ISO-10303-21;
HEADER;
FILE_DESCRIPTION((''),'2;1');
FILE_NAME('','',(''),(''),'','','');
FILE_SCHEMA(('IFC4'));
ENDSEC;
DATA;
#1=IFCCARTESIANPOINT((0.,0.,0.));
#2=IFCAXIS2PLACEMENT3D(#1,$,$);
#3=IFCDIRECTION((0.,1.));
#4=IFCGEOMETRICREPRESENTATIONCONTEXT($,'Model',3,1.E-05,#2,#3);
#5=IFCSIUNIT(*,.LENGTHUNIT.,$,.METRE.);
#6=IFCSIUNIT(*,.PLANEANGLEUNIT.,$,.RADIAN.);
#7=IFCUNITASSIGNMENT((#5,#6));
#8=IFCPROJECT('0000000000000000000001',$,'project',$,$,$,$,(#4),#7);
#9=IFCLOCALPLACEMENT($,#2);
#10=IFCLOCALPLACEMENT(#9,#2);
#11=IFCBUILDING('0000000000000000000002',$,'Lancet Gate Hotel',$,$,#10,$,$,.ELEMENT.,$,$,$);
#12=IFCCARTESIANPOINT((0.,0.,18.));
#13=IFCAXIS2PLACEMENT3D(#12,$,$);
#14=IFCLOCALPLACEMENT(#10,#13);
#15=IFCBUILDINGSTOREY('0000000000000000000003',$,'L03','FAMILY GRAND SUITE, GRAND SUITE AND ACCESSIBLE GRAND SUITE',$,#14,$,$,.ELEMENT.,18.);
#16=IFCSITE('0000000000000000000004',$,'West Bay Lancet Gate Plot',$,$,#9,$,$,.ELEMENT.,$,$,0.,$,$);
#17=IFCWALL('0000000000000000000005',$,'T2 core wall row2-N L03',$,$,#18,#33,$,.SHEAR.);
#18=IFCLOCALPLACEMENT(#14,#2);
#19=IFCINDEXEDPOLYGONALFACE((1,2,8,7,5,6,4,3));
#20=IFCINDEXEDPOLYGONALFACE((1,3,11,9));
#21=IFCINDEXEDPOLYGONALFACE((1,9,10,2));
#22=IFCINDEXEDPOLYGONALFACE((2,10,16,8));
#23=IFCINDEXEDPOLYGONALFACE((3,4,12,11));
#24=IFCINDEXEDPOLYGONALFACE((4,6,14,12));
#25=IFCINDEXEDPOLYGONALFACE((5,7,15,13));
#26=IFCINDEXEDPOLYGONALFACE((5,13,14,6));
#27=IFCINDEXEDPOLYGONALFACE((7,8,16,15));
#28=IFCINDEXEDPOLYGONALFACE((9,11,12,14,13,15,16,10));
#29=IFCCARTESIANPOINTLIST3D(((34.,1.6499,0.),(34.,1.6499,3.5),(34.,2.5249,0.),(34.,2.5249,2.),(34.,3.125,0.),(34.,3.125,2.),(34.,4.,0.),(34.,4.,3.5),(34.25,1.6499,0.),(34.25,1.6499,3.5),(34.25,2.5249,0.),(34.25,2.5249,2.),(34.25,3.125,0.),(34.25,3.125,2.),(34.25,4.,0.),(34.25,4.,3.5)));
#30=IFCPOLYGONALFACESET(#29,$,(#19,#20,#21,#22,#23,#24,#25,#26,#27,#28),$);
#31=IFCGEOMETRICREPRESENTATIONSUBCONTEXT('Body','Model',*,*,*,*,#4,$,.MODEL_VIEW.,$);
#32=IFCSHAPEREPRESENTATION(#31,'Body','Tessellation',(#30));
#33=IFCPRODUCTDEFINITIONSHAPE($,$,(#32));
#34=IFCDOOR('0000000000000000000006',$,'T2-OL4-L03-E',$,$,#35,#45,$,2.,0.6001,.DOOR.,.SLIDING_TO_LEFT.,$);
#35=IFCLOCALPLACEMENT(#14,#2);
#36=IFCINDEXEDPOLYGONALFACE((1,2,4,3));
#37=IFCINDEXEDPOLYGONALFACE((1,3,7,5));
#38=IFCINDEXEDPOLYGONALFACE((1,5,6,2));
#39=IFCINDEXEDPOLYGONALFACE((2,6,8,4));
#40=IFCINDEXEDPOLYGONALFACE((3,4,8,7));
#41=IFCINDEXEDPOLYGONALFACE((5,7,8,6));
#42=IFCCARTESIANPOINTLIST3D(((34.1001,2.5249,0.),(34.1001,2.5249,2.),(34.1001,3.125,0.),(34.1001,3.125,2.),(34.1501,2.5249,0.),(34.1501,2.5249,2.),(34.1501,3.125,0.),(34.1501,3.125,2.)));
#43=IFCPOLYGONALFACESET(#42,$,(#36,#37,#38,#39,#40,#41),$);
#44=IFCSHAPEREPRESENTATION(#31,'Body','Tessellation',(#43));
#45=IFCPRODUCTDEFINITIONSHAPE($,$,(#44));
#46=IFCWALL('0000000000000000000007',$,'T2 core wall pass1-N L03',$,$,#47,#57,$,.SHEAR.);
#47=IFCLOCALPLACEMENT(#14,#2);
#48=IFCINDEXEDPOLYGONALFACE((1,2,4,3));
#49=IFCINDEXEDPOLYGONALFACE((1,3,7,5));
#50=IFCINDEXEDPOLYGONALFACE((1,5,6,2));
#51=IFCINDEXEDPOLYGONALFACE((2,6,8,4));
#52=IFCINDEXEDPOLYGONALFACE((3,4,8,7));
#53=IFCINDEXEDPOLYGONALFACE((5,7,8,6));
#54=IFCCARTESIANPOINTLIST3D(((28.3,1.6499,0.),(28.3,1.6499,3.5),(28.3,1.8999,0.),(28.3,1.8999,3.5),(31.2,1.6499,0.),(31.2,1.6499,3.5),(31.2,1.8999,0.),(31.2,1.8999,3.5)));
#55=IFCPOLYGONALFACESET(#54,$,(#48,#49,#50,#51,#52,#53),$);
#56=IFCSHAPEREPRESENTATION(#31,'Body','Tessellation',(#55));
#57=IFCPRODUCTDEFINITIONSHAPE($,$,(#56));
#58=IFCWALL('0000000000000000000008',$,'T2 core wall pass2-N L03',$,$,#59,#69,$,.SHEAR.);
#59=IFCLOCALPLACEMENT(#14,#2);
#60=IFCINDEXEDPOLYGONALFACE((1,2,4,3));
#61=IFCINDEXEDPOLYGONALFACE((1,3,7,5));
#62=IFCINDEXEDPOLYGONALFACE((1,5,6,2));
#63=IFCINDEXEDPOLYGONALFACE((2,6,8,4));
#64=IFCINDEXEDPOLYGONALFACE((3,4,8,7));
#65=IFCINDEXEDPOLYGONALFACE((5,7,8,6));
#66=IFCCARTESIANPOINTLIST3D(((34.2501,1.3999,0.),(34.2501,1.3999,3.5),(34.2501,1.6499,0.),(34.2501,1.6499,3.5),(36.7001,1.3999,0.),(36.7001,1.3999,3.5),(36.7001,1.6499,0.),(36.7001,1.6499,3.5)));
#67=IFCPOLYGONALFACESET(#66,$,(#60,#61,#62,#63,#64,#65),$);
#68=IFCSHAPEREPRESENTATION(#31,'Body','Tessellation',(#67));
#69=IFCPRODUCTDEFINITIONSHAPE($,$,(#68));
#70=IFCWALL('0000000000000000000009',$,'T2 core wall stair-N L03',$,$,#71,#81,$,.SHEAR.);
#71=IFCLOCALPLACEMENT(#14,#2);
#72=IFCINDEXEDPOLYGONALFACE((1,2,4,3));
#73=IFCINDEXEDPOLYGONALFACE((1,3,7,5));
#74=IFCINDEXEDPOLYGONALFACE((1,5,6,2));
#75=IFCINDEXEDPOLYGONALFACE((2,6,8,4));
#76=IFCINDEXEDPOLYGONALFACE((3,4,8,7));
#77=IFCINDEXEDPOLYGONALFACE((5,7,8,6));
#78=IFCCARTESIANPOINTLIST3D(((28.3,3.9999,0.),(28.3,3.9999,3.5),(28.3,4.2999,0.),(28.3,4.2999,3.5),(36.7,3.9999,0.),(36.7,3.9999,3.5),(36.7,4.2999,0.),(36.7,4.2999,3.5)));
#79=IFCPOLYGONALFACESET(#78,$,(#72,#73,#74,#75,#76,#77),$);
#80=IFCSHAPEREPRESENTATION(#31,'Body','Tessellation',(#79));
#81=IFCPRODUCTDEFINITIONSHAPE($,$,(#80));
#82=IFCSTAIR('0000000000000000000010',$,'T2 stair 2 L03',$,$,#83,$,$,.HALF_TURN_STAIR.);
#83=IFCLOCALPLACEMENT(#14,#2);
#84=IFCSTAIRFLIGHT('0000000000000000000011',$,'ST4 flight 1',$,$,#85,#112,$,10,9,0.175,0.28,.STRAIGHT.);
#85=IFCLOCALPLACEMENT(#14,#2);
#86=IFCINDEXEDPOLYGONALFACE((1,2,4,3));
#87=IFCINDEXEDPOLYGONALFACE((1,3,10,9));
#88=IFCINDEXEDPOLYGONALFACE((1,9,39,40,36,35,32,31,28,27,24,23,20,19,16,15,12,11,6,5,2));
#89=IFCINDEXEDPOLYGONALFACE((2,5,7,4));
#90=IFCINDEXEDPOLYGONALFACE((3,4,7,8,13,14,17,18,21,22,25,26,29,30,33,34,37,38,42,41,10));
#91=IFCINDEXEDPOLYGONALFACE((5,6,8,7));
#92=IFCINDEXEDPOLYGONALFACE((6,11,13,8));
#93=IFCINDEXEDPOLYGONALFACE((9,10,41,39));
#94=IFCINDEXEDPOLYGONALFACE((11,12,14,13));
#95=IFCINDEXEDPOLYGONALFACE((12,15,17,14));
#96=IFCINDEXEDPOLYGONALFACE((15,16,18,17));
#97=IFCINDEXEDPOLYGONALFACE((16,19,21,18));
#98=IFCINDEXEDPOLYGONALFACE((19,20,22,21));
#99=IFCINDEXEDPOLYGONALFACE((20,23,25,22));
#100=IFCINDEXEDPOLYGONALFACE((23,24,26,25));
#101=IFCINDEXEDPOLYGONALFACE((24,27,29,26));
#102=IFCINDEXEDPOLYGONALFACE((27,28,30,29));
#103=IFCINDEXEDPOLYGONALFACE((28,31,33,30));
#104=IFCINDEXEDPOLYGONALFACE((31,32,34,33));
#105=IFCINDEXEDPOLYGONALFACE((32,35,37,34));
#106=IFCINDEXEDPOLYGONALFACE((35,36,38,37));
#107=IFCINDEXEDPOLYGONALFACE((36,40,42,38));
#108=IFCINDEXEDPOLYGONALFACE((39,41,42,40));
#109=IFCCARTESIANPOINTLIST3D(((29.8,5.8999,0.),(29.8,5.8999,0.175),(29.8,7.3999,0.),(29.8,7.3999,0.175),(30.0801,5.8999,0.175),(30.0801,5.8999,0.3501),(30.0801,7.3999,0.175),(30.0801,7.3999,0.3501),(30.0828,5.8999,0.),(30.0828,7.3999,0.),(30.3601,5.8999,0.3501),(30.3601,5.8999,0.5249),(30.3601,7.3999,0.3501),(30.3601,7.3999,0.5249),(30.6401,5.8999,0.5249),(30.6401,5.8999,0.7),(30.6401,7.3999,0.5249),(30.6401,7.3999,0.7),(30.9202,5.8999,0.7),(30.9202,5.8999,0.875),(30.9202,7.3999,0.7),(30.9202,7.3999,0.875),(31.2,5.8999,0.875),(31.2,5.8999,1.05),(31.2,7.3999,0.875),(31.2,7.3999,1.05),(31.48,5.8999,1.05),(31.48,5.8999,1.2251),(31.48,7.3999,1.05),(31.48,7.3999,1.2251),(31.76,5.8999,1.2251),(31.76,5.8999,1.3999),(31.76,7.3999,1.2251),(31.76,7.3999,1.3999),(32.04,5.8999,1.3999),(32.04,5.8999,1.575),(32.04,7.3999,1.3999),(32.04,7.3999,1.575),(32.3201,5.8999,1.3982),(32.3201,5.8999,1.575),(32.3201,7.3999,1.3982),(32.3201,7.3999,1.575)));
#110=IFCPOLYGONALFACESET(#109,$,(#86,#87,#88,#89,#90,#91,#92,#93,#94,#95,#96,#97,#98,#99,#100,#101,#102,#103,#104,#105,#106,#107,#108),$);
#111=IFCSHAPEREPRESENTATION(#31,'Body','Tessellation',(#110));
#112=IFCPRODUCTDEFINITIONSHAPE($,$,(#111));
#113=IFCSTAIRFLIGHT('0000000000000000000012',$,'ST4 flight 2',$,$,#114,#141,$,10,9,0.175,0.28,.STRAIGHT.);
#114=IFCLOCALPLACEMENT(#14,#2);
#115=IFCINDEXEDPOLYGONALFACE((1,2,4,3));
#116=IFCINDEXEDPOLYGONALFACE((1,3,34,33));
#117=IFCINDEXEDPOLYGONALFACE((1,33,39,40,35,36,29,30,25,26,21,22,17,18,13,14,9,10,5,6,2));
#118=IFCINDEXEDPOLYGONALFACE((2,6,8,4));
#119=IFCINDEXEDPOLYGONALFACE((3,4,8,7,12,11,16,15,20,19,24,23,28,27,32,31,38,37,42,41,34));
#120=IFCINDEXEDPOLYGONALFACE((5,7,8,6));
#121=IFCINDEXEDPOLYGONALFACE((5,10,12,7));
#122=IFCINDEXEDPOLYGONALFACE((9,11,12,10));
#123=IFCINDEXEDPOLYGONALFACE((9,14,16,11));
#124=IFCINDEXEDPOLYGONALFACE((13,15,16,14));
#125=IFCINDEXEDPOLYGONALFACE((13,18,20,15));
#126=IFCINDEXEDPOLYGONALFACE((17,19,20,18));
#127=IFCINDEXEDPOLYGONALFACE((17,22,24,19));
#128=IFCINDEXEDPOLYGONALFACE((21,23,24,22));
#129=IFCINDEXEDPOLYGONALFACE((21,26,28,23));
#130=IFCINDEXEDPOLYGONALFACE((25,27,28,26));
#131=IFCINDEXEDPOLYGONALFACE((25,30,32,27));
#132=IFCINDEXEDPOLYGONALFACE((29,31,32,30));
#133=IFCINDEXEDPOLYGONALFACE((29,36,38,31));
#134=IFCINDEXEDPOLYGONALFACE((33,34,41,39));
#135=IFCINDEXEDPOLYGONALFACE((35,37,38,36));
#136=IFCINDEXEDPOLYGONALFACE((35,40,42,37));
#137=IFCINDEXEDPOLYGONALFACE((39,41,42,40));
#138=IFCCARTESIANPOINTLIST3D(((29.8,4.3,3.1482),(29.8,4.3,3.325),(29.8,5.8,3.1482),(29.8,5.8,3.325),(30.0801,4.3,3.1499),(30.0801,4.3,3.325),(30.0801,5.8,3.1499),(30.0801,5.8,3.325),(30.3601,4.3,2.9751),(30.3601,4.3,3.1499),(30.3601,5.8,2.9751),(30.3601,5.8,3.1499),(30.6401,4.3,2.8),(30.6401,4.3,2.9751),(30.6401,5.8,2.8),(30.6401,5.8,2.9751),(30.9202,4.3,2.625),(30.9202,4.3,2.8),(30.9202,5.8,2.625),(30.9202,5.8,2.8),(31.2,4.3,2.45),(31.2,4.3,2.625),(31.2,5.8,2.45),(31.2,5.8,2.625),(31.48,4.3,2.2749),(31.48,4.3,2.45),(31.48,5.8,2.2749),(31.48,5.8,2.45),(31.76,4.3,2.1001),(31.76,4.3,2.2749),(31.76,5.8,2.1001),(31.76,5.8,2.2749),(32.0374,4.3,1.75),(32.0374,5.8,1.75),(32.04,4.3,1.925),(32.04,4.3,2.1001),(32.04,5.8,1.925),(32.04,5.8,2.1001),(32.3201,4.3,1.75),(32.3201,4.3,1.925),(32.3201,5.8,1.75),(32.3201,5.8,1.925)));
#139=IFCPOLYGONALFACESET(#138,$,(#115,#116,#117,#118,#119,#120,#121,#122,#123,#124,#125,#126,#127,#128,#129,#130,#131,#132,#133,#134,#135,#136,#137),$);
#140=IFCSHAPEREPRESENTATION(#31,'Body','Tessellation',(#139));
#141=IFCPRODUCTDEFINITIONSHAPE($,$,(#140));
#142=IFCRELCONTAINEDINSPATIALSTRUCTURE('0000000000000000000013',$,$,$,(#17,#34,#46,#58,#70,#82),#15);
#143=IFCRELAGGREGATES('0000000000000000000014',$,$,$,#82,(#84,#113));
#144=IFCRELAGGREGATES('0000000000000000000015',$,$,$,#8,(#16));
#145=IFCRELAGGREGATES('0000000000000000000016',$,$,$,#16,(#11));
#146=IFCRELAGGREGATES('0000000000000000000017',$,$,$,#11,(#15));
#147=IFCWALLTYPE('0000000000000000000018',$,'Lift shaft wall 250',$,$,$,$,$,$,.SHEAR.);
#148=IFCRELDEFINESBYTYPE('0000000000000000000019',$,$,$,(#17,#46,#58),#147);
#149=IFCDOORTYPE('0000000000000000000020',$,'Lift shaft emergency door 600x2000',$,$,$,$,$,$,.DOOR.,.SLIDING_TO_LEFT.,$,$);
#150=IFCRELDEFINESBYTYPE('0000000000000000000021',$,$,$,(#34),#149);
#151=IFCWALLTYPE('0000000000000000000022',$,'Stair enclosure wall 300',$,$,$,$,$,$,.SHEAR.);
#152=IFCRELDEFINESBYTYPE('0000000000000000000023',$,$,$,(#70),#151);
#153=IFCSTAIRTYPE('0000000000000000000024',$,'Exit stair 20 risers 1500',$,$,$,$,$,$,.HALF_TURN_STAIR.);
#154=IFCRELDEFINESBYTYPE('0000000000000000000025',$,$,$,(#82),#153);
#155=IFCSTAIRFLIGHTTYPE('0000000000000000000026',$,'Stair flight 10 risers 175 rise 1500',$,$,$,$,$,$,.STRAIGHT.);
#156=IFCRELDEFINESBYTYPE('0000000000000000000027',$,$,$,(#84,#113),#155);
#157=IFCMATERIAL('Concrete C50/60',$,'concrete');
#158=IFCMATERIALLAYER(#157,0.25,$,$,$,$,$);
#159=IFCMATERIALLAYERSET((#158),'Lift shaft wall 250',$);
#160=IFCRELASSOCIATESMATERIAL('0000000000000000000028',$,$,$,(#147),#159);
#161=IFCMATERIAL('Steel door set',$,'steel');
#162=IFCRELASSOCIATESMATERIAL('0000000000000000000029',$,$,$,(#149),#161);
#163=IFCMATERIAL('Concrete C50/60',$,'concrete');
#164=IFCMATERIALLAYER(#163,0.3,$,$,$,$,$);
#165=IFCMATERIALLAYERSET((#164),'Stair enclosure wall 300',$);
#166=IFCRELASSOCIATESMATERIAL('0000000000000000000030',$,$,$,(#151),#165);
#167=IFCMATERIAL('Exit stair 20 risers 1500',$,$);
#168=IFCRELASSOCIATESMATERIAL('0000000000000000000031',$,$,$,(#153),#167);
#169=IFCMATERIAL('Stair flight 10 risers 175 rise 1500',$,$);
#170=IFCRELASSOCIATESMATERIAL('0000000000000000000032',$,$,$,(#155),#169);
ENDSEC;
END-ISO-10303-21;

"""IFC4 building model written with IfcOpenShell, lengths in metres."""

from ifc_helpers import new_model, si_unit, direction, frame, frame_2d, origin, place, context, subcontext, project, spatial, polyline, rectangle, outline, extrude, material, layer, layer_set, type_object, element, fill, aggregate, save


model = new_model("IFC4")

# Units and contexts
model_context = context("Model", 3, precision=1e-05, world=origin(), true_north=direction((0.0, 1.0)))
body_context = subcontext(model_context, "Body", "Model", "MODEL_VIEW")
ifc_project = project(units=[si_unit("LENGTHUNIT", "METRE"), si_unit("PLANEANGLEUNIT", "RADIAN")], contexts=[model_context])

# Site, building, storey
site_placement = place(None, origin())
site = spatial("IfcSite", under=ifc_project, at=site_placement, Name="West Bay Lancet Gate Plot", CompositionType="ELEMENT", RefElevation=0.0)
building_placement = place(site_placement, origin())
building = spatial("IfcBuilding", under=site, at=building_placement, Name="Lancet Gate Hotel", CompositionType="ELEMENT")
storey_placement = place(building_placement, frame((0.0, 0.0, 18.0)))
storey = spatial("IfcBuildingStorey", under=building, at=storey_placement, Name="L03", Description="FAMILY GRAND SUITE, GRAND SUITE AND ACCESSIBLE GRAND SUITE", CompositionType="ELEMENT", Elevation=18.0)

# Wall, opening, door
ifc_material_1 = material(Name="Concrete C50/60", Category="concrete")
ifc_layer_1 = layer(ifc_material_1, 0.25)
ifc_layer_set_1 = layer_set([ifc_layer_1], Name="Lift shaft wall 250")
wall_type_1 = type_object("IfcWallType", Name="Lift shaft wall 250", PredefinedType="SHEAR", material=ifc_layer_set_1)
wall_1_placement = place(storey_placement, frame((34.125, 1.6499, 0.0), z_axis=(0.0, 0.0, 1.0), x_axis=(0.0, 1.0, 0.0)))
wall_1 = element("IfcWall", 1, at=wall_1_placement, inside=storey, type_object=wall_type_1, Name="T2 core wall row2-N L03", PredefinedType="SHEAR", context=body_context, shape_type="SweptSolid", body=[
    extrude(rectangle(XDim=2.3501, YDim=0.25, at=frame_2d((1.175, 0.0))), origin(), (0.0, 0.0, 1.0), 3.5),
])
opening_1_placement = place(wall_1_placement, frame((0.875, 0.0, 0.0)))
opening_1 = element("IfcOpeningElement", 2, at=opening_1_placement, cuts=wall_1, PredefinedType="OPENING", context=body_context, shape_type="SweptSolid", body=[
    extrude(rectangle(XDim=0.6001, YDim=2.0, at=frame_2d((0.3, 1.0))), frame((0.0, 0.135, 0.0), z_axis=(0.0, -1.0, 0.0), x_axis=(1.0, 0.0, 0.0)), (0.0, 0.0, 1.0), 0.27),
])
ifc_material_2 = material(Name="Steel door set", Category="steel")
door_type_1 = type_object("IfcDoorType", Name="Lift shaft emergency door 600x2000", OperationType="SLIDING_TO_LEFT", PredefinedType="DOOR", material=ifc_material_2)
door_1_placement = place(opening_1_placement, origin())
door_1 = element("IfcDoor", 3, at=door_1_placement, inside=storey, type_object=door_type_1, Name="T2-OL4-L03-E", OperationType="SLIDING_TO_LEFT", OverallHeight=2.0, OverallWidth=0.6001, PredefinedType="DOOR", context=body_context, shape_type="SweptSolid", body=[
    extrude(rectangle(XDim=0.6001, YDim=2.0, at=frame_2d((0.3, 1.0))), frame((0.0, 0.0249, 0.0), z_axis=(0.0, -1.0, 0.0), x_axis=(1.0, 0.0, 0.0)), (0.0, 0.0, 1.0), 0.05),
])
fill(opening_1, door_1)

# Walls
wall_2_placement = place(storey_placement, frame((28.3, 1.7749, 0.0), z_axis=(0.0, 0.0, 1.0), x_axis=(1.0, 0.0, 0.0)))
element("IfcWall", 4, at=wall_2_placement, inside=storey, type_object=wall_type_1, Name="T2 core wall pass1-N L03", PredefinedType="SHEAR", context=body_context, shape_type="SweptSolid", body=[
    extrude(rectangle(XDim=2.8999, YDim=0.25, at=frame_2d((1.45, 0.0))), origin(), (0.0, 0.0, 1.0), 3.5),
])
wall_3_placement = place(storey_placement, frame((34.25, 1.5249, 0.0), z_axis=(0.0, 0.0, 1.0), x_axis=(1.0, 0.0, 0.0)))
element("IfcWall", 5, at=wall_3_placement, inside=storey, type_object=wall_type_1, Name="T2 core wall pass2-N L03", PredefinedType="SHEAR", context=body_context, shape_type="SweptSolid", body=[
    extrude(rectangle(XDim=2.45, YDim=0.25, at=frame_2d((1.2251, 0.0))), origin(), (0.0, 0.0, 1.0), 3.5),
])
ifc_material_3 = material(Name="Concrete C50/60", Category="concrete")
ifc_layer_2 = layer(ifc_material_3, 0.3)
ifc_layer_set_2 = layer_set([ifc_layer_2], Name="Stair enclosure wall 300")
wall_type_2 = type_object("IfcWallType", Name="Stair enclosure wall 300", PredefinedType="SHEAR", material=ifc_layer_set_2)
wall_4_placement = place(storey_placement, frame((28.3, 4.1499, 0.0), z_axis=(0.0, 0.0, 1.0), x_axis=(1.0, 0.0, 0.0)))
element("IfcWall", 6, at=wall_4_placement, inside=storey, type_object=wall_type_2, Name="T2 core wall stair-N L03", PredefinedType="SHEAR", context=body_context, shape_type="SweptSolid", body=[
    extrude(rectangle(XDim=8.3999, YDim=0.3, at=frame_2d((4.2, 0.0))), origin(), (0.0, 0.0, 1.0), 3.5),
])

# Stair, stair flights
ifc_material_4 = material(Name="Exit stair 20 risers 1500")
stair_type = type_object("IfcStairType", Name="Exit stair 20 risers 1500", PredefinedType="HALF_TURN_STAIR", material=ifc_material_4)
stair_placement = place(storey_placement, origin())
stair = element("IfcStair", 7, at=stair_placement, inside=storey, type_object=stair_type, Name="T2 stair 2 L03", PredefinedType="HALF_TURN_STAIR")
ifc_material_5 = material(Name="Stair flight 10 risers 175 rise 1500")
stair_flight_type = type_object("IfcStairFlightType", Name="Stair flight 10 risers 175 rise 1500", PredefinedType="STRAIGHT", material=ifc_material_5)
stair_flight_1_placement = place(storey_placement, frame((29.8, 6.6499, 0.0), z_axis=(0.0, 0.0, 1.0), x_axis=(1.0, 0.0, 0.0)))
stair_flight_1 = element("IfcStairFlight", 8, at=stair_flight_1_placement, type_object=stair_flight_type, Name="ST4 flight 1", NumberOfRisers=10, NumberOfTreads=9, PredefinedType="STRAIGHT", RiserHeight=0.175, TreadLength=0.28, context=body_context, shape_type="SweptSolid", body=[
    extrude(outline(polyline([(0.0, 0.0), (0.0, 0.175), (0.28, 0.175), (0.28, 0.3501), (0.5601, 0.3501), (0.5601, 0.5249), (0.8401, 0.5249), (0.8401, 0.7), (1.1201, 0.7), (1.1201, 0.875), (1.3999, 0.875), (1.3999, 1.05), (1.6799, 1.05), (1.6799, 1.2251), (1.96, 1.2251), (1.96, 1.3999), (2.24, 1.3999), (2.24, 1.575), (2.52, 1.575), (2.52, 1.75), (2.52, 1.3982), (0.2827, 0.0), (0.0, 0.0)])), frame((0.0, 0.75, 0.0), z_axis=(0.0, -1.0, 0.0), x_axis=(1.0, 0.0, 0.0)), (0.0, 0.0, 1.0), 1.5),
])
stair_flight_2_placement = place(storey_placement, frame((32.3201, 5.05, 1.75), z_axis=(0.0, 0.0, 1.0), x_axis=(-1.0, 0.0, 0.0)))
stair_flight_2 = element("IfcStairFlight", 9, at=stair_flight_2_placement, type_object=stair_flight_type, Name="ST4 flight 2", NumberOfRisers=10, NumberOfTreads=9, PredefinedType="STRAIGHT", RiserHeight=0.175, TreadLength=0.28, context=body_context, shape_type="SweptSolid", body=[
    extrude(outline(polyline([(0.0, 0.0), (0.0, 0.175), (0.28, 0.175), (0.28, 0.3501), (0.5601, 0.3501), (0.5601, 0.5249), (0.8401, 0.5249), (0.8401, 0.7), (1.1201, 0.7), (1.1201, 0.875), (1.3999, 0.875), (1.3999, 1.05), (1.6799, 1.05), (1.6799, 1.2251), (1.96, 1.2251), (1.96, 1.3999), (2.24, 1.3999), (2.24, 1.575), (2.52, 1.575), (2.52, 1.75), (2.52, 1.3982), (0.2827, 0.0), (0.0, 0.0)])), frame((0.0, 0.75, 0.0), z_axis=(0.0, -1.0, 0.0), x_axis=(1.0, 0.0, 0.0)), (0.0, 0.0, 1.0), 1.5),
])
aggregate(stair, [stair_flight_1, stair_flight_2])

save(model, "model.ifc")
